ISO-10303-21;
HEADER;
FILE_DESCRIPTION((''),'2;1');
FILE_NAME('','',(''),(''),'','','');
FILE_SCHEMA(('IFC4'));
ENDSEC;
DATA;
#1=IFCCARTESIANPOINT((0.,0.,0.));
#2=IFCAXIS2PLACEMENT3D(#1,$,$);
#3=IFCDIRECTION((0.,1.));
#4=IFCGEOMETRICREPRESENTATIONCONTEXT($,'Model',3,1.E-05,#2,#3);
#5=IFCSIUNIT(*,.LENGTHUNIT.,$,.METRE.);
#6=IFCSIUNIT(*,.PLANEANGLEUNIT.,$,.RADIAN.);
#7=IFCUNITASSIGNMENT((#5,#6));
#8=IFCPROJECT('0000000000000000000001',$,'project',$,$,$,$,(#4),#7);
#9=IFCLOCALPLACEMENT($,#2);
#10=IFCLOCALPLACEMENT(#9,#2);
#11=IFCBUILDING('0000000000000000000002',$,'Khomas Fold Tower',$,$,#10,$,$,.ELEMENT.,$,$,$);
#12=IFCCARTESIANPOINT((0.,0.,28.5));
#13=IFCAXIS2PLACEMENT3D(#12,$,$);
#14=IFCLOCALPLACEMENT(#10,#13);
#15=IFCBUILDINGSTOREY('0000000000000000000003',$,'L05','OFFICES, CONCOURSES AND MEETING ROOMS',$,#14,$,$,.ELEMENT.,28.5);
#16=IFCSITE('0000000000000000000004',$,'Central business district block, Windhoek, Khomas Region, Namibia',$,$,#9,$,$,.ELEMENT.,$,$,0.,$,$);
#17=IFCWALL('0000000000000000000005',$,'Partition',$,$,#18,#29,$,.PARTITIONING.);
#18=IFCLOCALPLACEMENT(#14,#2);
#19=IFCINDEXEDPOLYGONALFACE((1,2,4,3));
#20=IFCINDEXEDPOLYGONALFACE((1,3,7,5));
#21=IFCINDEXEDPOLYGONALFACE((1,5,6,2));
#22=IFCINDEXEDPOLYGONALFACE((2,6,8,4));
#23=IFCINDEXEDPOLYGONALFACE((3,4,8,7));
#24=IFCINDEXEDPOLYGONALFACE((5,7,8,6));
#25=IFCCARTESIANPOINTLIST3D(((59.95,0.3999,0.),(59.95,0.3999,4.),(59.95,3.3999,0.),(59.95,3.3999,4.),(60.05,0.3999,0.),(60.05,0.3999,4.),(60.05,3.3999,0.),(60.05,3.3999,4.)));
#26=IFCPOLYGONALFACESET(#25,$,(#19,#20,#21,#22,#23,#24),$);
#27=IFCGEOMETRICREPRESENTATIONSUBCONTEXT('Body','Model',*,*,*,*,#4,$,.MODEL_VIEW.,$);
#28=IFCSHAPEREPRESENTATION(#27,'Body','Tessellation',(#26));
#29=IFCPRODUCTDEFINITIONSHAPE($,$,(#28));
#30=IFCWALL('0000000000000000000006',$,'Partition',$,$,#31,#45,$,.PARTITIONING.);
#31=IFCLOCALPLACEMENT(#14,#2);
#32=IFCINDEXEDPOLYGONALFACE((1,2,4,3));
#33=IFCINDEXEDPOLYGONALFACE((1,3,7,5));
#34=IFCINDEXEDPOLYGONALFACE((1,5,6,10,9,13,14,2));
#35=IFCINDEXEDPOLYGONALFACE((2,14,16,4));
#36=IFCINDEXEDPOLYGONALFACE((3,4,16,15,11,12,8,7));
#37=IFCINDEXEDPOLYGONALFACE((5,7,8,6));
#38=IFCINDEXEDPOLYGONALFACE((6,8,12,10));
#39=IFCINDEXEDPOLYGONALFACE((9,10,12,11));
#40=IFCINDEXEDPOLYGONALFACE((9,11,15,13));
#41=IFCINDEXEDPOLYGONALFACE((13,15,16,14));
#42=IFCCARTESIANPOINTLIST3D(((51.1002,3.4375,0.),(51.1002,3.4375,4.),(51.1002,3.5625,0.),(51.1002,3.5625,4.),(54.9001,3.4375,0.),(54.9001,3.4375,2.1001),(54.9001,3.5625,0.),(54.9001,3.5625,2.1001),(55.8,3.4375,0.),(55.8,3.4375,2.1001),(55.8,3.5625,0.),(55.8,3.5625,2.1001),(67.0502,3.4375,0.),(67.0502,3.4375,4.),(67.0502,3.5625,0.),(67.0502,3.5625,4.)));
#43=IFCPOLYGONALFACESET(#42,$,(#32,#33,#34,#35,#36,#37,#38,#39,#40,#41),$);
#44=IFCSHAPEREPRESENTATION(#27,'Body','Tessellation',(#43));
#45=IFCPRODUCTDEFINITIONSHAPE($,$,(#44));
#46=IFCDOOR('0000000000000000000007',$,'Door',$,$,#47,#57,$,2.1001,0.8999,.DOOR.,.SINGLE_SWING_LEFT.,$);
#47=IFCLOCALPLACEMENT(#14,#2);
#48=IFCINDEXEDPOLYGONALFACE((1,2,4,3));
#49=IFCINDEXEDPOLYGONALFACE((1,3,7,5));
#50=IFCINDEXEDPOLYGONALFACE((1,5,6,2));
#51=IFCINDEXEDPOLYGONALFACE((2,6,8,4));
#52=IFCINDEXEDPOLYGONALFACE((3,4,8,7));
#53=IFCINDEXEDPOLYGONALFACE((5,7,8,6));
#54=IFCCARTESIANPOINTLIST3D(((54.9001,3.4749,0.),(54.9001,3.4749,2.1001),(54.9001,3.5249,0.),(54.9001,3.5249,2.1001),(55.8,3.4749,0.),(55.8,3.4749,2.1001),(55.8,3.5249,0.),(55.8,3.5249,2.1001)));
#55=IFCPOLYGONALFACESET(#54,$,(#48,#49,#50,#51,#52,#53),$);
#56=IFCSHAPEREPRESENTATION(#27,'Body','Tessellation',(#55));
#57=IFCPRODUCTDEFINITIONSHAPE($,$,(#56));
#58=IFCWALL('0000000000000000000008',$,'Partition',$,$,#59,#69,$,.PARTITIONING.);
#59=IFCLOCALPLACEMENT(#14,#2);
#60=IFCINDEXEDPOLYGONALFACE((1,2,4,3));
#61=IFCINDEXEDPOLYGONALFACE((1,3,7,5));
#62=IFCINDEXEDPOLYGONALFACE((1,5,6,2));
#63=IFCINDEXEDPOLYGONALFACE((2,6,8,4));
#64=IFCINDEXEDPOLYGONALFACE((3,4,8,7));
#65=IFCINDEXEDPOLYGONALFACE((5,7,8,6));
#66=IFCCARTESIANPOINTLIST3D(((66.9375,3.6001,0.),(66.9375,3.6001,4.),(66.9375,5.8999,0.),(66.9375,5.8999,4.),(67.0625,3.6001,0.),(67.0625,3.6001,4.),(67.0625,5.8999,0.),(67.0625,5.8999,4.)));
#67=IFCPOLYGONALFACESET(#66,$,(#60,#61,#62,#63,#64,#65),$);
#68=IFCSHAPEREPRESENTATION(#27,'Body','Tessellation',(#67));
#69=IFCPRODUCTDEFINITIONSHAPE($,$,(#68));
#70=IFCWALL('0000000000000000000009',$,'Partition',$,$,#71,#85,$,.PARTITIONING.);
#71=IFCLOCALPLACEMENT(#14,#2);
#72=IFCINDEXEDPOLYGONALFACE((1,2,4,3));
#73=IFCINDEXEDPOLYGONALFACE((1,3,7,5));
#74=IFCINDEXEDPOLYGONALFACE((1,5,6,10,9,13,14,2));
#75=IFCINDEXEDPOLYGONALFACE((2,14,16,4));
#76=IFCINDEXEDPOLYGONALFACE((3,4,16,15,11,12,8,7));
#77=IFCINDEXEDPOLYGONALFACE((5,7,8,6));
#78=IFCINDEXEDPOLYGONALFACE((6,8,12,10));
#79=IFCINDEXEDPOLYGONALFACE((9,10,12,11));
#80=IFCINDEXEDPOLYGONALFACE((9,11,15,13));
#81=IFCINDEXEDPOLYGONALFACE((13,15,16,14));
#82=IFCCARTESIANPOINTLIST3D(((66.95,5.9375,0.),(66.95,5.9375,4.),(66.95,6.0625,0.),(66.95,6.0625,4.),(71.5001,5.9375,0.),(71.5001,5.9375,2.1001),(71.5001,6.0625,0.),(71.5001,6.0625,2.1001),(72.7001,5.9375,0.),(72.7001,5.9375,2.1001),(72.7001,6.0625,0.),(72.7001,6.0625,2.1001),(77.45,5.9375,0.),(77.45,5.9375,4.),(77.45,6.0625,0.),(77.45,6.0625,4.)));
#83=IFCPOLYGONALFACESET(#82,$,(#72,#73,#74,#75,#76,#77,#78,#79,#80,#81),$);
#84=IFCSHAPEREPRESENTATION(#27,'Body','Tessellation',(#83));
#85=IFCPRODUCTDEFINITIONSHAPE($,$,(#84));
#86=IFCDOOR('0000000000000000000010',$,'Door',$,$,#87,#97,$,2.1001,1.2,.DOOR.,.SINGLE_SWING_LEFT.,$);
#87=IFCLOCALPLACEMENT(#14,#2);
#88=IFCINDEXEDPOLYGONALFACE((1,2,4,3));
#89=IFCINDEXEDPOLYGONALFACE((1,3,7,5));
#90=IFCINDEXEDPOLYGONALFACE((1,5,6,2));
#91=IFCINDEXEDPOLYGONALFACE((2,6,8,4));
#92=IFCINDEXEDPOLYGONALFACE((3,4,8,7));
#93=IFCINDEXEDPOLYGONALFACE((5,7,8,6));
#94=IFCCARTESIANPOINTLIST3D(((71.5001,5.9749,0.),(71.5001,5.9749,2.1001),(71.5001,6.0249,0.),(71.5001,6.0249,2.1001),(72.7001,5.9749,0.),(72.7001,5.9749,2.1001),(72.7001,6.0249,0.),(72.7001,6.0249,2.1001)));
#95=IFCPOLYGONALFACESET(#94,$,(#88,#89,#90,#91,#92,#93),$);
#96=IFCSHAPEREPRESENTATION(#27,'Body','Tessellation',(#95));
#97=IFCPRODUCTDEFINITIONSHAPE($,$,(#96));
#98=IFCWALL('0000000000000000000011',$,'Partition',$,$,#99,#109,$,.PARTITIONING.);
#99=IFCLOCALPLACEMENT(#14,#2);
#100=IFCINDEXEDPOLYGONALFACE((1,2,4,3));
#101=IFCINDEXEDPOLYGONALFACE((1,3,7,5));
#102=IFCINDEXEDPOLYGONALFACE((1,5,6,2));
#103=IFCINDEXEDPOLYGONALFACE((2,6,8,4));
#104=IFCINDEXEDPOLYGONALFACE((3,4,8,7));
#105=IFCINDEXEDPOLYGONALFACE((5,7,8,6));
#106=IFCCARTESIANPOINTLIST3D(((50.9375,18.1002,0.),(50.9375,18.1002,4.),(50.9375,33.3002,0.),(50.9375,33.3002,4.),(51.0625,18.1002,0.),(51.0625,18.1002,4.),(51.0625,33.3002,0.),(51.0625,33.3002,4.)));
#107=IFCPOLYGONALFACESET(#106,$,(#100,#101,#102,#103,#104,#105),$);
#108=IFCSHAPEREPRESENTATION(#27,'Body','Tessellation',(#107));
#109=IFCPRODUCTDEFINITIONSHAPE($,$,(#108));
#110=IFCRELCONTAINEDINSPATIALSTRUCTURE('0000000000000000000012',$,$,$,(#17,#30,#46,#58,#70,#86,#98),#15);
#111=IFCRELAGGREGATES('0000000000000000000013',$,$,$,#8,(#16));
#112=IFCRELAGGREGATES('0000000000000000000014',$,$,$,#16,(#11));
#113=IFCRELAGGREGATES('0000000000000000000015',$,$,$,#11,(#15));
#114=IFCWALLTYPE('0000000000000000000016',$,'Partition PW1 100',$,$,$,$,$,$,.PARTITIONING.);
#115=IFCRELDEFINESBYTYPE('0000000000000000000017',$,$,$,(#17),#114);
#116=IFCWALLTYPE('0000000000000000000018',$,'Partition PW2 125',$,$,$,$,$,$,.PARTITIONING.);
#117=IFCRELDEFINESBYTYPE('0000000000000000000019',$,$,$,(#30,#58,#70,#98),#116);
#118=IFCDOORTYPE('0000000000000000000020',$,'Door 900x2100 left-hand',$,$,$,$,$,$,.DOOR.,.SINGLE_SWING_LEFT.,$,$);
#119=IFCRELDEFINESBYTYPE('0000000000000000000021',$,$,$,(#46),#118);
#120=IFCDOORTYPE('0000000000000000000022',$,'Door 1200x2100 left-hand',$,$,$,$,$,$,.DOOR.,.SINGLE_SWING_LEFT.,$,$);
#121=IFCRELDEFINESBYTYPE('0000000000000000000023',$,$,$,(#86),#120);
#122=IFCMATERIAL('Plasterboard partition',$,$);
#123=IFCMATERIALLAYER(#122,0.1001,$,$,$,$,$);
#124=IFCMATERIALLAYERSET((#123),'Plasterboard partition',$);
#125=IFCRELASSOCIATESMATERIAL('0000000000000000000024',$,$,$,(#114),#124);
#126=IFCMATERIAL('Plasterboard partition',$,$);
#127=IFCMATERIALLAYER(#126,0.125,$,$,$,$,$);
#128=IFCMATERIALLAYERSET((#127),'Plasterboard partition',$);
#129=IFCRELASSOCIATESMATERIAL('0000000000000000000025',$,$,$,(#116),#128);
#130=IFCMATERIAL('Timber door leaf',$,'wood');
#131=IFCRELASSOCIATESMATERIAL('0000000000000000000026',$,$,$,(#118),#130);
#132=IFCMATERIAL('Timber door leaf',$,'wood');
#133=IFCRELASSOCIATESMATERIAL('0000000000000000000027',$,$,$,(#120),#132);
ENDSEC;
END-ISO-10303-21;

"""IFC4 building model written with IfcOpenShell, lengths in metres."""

from ifc_helpers import new_model, si_unit, direction, frame, frame_2d, origin, place, context, subcontext, project, spatial, rectangle, extrude, source, transform, mapped, material, layer, layer_set, type_object, element, fill, save


model = new_model("IFC4")

# Units and contexts
model_context = context("Model", 3, precision=1e-05, world=origin(), true_north=direction((0.0, 1.0)))
body_context = subcontext(model_context, "Body", "Model", "MODEL_VIEW")
ifc_project = project(units=[si_unit("LENGTHUNIT", "METRE"), si_unit("PLANEANGLEUNIT", "RADIAN")], contexts=[model_context])

# Site, building, storey
site_placement = place(None, origin())
site = spatial("IfcSite", under=ifc_project, at=site_placement, Name="Central business district block, Windhoek, Khomas Region, Namibia", CompositionType="ELEMENT", RefElevation=0.0)
building_placement = place(site_placement, origin())
building = spatial("IfcBuilding", under=site, at=building_placement, Name="Khomas Fold Tower", CompositionType="ELEMENT")
storey_placement = place(building_placement, frame((0.0, 0.0, 28.5)))
storey = spatial("IfcBuildingStorey", under=building, at=storey_placement, Name="L05", Description="OFFICES, CONCOURSES AND MEETING ROOMS", CompositionType="ELEMENT", Elevation=28.5)

# Shared definitions
shared_shape_1 = source(origin(), body_context, "Body", "SweptSolid", [
    extrude(rectangle(XDim=1.2, YDim=2.1001, at=frame_2d((0.6001, 1.05))), frame((0.0, 0.0249, 0.0), z_axis=(0.0, -1.0, 0.0), x_axis=(1.0, 0.0, 0.0)), (0.0, 0.0, 1.0), 0.05),
])

# Wall
ifc_material_1 = material(Name="Plasterboard partition")
ifc_layer_1 = layer(ifc_material_1, 0.1001)
ifc_layer_set_1 = layer_set([ifc_layer_1], Name="Plasterboard partition")
wall_type_1 = type_object("IfcWallType", Name="Partition PW1 100", PredefinedType="PARTITIONING", material=ifc_layer_set_1)
shared_shape_2 = source(origin(), body_context, "Body", "SweptSolid", [
    extrude(rectangle(XDim=3.0, YDim=0.1001, at=frame_2d((1.5, 0.0))), origin(), (0.0, 0.0, 1.0), 4.0),
])
wall_1_placement = place(storey_placement, frame((60.0, 0.3999, 0.0), z_axis=(0.0, 0.0, 1.0), x_axis=(0.0, 1.0, 0.0)))
element("IfcWall", 1, at=wall_1_placement, inside=storey, type_object=wall_type_1, Name="Partition", PredefinedType="PARTITIONING", context=body_context, shape_type="MappedRepresentation", body=[
    mapped(shared_shape_2, transform((0.0, 0.0, 0.0))),
])

# Wall, opening, door
ifc_material_2 = material(Name="Plasterboard partition")
ifc_layer_2 = layer(ifc_material_2, 0.125)
ifc_layer_set_2 = layer_set([ifc_layer_2], Name="Plasterboard partition")
wall_type_2 = type_object("IfcWallType", Name="Partition PW2 125", PredefinedType="PARTITIONING", material=ifc_layer_set_2)
shared_shape_3 = source(origin(), body_context, "Body", "SweptSolid", [
    extrude(rectangle(XDim=15.95, YDim=0.125, at=frame_2d((7.9751, 0.0))), origin(), (0.0, 0.0, 1.0), 4.0),
])
wall_2_placement = place(storey_placement, frame((51.1001, 3.5, 0.0), z_axis=(0.0, 0.0, 1.0), x_axis=(1.0, 0.0, 0.0)))
wall_2 = element("IfcWall", 2, at=wall_2_placement, inside=storey, type_object=wall_type_2, Name="Partition", PredefinedType="PARTITIONING", context=body_context, shape_type="MappedRepresentation", body=[
    mapped(shared_shape_3, transform((0.0, 0.0, 0.0))),
])
shared_shape_4 = source(origin(), body_context, "Body", "SweptSolid", [
    extrude(rectangle(XDim=0.8999, YDim=2.1001, at=frame_2d((0.45, 1.05))), frame((0.0, 0.0725, 0.0), z_axis=(0.0, -1.0, 0.0), x_axis=(1.0, 0.0, 0.0)), (0.0, 0.0, 1.0), 0.145),
])
opening_1_placement = place(wall_2_placement, frame((3.8, 0.0, 0.0)))
opening_1 = element("IfcOpeningElement", 3, at=opening_1_placement, cuts=wall_2, PredefinedType="OPENING", context=body_context, shape_type="MappedRepresentation", body=[
    mapped(shared_shape_4, transform((0.0, 0.0, 0.0))),
])
ifc_material_3 = material(Name="Timber door leaf", Category="wood")
door_type_1 = type_object("IfcDoorType", Name="Door 900x2100 left-hand", OperationType="SINGLE_SWING_LEFT", PredefinedType="DOOR", material=ifc_material_3)
shared_shape_5 = source(origin(), body_context, "Body", "SweptSolid", [
    extrude(rectangle(XDim=0.8999, YDim=2.1001, at=frame_2d((0.45, 1.05))), frame((0.0, 0.0249, 0.0), z_axis=(0.0, -1.0, 0.0), x_axis=(1.0, 0.0, 0.0)), (0.0, 0.0, 1.0), 0.05),
])
door_1_placement = place(opening_1_placement, origin())
door_1 = element("IfcDoor", 4, at=door_1_placement, inside=storey, type_object=door_type_1, Name="Door", OperationType="SINGLE_SWING_LEFT", OverallHeight=2.1001, OverallWidth=0.8999, PredefinedType="DOOR", context=body_context, shape_type="MappedRepresentation", body=[
    mapped(shared_shape_5, transform((0.0, 0.0, 0.0))),
])
fill(opening_1, door_1)

# Wall
shared_shape_6 = source(origin(), body_context, "Body", "SweptSolid", [
    extrude(rectangle(XDim=2.2998, YDim=0.125, at=frame_2d((1.1499, 0.0))), origin(), (0.0, 0.0, 1.0), 4.0),
])
wall_3_placement = place(storey_placement, frame((67.0, 3.6001, 0.0), z_axis=(0.0, 0.0, 1.0), x_axis=(0.0, 1.0, 0.0)))
element("IfcWall", 5, at=wall_3_placement, inside=storey, type_object=wall_type_2, Name="Partition", PredefinedType="PARTITIONING", context=body_context, shape_type="MappedRepresentation", body=[
    mapped(shared_shape_6, transform((0.0, 0.0, 0.0))),
])

# Wall, opening, door
shared_shape_7 = source(origin(), body_context, "Body", "SweptSolid", [
    extrude(rectangle(XDim=10.5, YDim=0.125, at=frame_2d((5.25, 0.0))), origin(), (0.0, 0.0, 1.0), 4.0),
])
wall_4_placement = place(storey_placement, frame((66.95, 6.0, 0.0), z_axis=(0.0, 0.0, 1.0), x_axis=(1.0, 0.0, 0.0)))
wall_4 = element("IfcWall", 6, at=wall_4_placement, inside=storey, type_object=wall_type_2, Name="Partition", PredefinedType="PARTITIONING", context=body_context, shape_type="MappedRepresentation", body=[
    mapped(shared_shape_7, transform((0.0, 0.0, 0.0))),
])
shared_shape_8 = source(origin(), body_context, "Body", "SweptSolid", [
    extrude(rectangle(XDim=1.2, YDim=2.1001, at=frame_2d((0.6001, 1.05))), frame((0.0, 0.0725, 0.0), z_axis=(0.0, -1.0, 0.0), x_axis=(1.0, 0.0, 0.0)), (0.0, 0.0, 1.0), 0.145),
])
opening_2_placement = place(wall_4_placement, frame((4.55, 0.0, 0.0)))
opening_2 = element("IfcOpeningElement", 7, at=opening_2_placement, cuts=wall_4, PredefinedType="OPENING", context=body_context, shape_type="MappedRepresentation", body=[
    mapped(shared_shape_8, transform((0.0, 0.0, 0.0))),
])
ifc_material_4 = material(Name="Timber door leaf", Category="wood")
door_type_2 = type_object("IfcDoorType", Name="Door 1200x2100 left-hand", OperationType="SINGLE_SWING_LEFT", PredefinedType="DOOR", material=ifc_material_4)
door_2_placement = place(opening_2_placement, origin())
door_2 = element("IfcDoor", 8, at=door_2_placement, inside=storey, type_object=door_type_2, Name="Door", OperationType="SINGLE_SWING_LEFT", OverallHeight=2.1001, OverallWidth=1.2, PredefinedType="DOOR", context=body_context, shape_type="MappedRepresentation", body=[
    mapped(shared_shape_1, transform((0.0, 0.0, 0.0))),
])
fill(opening_2, door_2)

# Wall
shared_shape_9 = source(origin(), body_context, "Body", "SweptSolid", [
    extrude(rectangle(XDim=15.2, YDim=0.125, at=frame_2d((7.6001, 0.0))), origin(), (0.0, 0.0, 1.0), 4.0),
])
wall_5_placement = place(storey_placement, frame((51.0, 18.1001, 0.0), z_axis=(0.0, 0.0, 1.0), x_axis=(0.0, 1.0, 0.0)))
element("IfcWall", 9, at=wall_5_placement, inside=storey, type_object=wall_type_2, Name="Partition", PredefinedType="PARTITIONING", context=body_context, shape_type="MappedRepresentation", body=[
    mapped(shared_shape_9, transform((0.0, 0.0, 0.0))),
])

save(model, "model.ifc")
